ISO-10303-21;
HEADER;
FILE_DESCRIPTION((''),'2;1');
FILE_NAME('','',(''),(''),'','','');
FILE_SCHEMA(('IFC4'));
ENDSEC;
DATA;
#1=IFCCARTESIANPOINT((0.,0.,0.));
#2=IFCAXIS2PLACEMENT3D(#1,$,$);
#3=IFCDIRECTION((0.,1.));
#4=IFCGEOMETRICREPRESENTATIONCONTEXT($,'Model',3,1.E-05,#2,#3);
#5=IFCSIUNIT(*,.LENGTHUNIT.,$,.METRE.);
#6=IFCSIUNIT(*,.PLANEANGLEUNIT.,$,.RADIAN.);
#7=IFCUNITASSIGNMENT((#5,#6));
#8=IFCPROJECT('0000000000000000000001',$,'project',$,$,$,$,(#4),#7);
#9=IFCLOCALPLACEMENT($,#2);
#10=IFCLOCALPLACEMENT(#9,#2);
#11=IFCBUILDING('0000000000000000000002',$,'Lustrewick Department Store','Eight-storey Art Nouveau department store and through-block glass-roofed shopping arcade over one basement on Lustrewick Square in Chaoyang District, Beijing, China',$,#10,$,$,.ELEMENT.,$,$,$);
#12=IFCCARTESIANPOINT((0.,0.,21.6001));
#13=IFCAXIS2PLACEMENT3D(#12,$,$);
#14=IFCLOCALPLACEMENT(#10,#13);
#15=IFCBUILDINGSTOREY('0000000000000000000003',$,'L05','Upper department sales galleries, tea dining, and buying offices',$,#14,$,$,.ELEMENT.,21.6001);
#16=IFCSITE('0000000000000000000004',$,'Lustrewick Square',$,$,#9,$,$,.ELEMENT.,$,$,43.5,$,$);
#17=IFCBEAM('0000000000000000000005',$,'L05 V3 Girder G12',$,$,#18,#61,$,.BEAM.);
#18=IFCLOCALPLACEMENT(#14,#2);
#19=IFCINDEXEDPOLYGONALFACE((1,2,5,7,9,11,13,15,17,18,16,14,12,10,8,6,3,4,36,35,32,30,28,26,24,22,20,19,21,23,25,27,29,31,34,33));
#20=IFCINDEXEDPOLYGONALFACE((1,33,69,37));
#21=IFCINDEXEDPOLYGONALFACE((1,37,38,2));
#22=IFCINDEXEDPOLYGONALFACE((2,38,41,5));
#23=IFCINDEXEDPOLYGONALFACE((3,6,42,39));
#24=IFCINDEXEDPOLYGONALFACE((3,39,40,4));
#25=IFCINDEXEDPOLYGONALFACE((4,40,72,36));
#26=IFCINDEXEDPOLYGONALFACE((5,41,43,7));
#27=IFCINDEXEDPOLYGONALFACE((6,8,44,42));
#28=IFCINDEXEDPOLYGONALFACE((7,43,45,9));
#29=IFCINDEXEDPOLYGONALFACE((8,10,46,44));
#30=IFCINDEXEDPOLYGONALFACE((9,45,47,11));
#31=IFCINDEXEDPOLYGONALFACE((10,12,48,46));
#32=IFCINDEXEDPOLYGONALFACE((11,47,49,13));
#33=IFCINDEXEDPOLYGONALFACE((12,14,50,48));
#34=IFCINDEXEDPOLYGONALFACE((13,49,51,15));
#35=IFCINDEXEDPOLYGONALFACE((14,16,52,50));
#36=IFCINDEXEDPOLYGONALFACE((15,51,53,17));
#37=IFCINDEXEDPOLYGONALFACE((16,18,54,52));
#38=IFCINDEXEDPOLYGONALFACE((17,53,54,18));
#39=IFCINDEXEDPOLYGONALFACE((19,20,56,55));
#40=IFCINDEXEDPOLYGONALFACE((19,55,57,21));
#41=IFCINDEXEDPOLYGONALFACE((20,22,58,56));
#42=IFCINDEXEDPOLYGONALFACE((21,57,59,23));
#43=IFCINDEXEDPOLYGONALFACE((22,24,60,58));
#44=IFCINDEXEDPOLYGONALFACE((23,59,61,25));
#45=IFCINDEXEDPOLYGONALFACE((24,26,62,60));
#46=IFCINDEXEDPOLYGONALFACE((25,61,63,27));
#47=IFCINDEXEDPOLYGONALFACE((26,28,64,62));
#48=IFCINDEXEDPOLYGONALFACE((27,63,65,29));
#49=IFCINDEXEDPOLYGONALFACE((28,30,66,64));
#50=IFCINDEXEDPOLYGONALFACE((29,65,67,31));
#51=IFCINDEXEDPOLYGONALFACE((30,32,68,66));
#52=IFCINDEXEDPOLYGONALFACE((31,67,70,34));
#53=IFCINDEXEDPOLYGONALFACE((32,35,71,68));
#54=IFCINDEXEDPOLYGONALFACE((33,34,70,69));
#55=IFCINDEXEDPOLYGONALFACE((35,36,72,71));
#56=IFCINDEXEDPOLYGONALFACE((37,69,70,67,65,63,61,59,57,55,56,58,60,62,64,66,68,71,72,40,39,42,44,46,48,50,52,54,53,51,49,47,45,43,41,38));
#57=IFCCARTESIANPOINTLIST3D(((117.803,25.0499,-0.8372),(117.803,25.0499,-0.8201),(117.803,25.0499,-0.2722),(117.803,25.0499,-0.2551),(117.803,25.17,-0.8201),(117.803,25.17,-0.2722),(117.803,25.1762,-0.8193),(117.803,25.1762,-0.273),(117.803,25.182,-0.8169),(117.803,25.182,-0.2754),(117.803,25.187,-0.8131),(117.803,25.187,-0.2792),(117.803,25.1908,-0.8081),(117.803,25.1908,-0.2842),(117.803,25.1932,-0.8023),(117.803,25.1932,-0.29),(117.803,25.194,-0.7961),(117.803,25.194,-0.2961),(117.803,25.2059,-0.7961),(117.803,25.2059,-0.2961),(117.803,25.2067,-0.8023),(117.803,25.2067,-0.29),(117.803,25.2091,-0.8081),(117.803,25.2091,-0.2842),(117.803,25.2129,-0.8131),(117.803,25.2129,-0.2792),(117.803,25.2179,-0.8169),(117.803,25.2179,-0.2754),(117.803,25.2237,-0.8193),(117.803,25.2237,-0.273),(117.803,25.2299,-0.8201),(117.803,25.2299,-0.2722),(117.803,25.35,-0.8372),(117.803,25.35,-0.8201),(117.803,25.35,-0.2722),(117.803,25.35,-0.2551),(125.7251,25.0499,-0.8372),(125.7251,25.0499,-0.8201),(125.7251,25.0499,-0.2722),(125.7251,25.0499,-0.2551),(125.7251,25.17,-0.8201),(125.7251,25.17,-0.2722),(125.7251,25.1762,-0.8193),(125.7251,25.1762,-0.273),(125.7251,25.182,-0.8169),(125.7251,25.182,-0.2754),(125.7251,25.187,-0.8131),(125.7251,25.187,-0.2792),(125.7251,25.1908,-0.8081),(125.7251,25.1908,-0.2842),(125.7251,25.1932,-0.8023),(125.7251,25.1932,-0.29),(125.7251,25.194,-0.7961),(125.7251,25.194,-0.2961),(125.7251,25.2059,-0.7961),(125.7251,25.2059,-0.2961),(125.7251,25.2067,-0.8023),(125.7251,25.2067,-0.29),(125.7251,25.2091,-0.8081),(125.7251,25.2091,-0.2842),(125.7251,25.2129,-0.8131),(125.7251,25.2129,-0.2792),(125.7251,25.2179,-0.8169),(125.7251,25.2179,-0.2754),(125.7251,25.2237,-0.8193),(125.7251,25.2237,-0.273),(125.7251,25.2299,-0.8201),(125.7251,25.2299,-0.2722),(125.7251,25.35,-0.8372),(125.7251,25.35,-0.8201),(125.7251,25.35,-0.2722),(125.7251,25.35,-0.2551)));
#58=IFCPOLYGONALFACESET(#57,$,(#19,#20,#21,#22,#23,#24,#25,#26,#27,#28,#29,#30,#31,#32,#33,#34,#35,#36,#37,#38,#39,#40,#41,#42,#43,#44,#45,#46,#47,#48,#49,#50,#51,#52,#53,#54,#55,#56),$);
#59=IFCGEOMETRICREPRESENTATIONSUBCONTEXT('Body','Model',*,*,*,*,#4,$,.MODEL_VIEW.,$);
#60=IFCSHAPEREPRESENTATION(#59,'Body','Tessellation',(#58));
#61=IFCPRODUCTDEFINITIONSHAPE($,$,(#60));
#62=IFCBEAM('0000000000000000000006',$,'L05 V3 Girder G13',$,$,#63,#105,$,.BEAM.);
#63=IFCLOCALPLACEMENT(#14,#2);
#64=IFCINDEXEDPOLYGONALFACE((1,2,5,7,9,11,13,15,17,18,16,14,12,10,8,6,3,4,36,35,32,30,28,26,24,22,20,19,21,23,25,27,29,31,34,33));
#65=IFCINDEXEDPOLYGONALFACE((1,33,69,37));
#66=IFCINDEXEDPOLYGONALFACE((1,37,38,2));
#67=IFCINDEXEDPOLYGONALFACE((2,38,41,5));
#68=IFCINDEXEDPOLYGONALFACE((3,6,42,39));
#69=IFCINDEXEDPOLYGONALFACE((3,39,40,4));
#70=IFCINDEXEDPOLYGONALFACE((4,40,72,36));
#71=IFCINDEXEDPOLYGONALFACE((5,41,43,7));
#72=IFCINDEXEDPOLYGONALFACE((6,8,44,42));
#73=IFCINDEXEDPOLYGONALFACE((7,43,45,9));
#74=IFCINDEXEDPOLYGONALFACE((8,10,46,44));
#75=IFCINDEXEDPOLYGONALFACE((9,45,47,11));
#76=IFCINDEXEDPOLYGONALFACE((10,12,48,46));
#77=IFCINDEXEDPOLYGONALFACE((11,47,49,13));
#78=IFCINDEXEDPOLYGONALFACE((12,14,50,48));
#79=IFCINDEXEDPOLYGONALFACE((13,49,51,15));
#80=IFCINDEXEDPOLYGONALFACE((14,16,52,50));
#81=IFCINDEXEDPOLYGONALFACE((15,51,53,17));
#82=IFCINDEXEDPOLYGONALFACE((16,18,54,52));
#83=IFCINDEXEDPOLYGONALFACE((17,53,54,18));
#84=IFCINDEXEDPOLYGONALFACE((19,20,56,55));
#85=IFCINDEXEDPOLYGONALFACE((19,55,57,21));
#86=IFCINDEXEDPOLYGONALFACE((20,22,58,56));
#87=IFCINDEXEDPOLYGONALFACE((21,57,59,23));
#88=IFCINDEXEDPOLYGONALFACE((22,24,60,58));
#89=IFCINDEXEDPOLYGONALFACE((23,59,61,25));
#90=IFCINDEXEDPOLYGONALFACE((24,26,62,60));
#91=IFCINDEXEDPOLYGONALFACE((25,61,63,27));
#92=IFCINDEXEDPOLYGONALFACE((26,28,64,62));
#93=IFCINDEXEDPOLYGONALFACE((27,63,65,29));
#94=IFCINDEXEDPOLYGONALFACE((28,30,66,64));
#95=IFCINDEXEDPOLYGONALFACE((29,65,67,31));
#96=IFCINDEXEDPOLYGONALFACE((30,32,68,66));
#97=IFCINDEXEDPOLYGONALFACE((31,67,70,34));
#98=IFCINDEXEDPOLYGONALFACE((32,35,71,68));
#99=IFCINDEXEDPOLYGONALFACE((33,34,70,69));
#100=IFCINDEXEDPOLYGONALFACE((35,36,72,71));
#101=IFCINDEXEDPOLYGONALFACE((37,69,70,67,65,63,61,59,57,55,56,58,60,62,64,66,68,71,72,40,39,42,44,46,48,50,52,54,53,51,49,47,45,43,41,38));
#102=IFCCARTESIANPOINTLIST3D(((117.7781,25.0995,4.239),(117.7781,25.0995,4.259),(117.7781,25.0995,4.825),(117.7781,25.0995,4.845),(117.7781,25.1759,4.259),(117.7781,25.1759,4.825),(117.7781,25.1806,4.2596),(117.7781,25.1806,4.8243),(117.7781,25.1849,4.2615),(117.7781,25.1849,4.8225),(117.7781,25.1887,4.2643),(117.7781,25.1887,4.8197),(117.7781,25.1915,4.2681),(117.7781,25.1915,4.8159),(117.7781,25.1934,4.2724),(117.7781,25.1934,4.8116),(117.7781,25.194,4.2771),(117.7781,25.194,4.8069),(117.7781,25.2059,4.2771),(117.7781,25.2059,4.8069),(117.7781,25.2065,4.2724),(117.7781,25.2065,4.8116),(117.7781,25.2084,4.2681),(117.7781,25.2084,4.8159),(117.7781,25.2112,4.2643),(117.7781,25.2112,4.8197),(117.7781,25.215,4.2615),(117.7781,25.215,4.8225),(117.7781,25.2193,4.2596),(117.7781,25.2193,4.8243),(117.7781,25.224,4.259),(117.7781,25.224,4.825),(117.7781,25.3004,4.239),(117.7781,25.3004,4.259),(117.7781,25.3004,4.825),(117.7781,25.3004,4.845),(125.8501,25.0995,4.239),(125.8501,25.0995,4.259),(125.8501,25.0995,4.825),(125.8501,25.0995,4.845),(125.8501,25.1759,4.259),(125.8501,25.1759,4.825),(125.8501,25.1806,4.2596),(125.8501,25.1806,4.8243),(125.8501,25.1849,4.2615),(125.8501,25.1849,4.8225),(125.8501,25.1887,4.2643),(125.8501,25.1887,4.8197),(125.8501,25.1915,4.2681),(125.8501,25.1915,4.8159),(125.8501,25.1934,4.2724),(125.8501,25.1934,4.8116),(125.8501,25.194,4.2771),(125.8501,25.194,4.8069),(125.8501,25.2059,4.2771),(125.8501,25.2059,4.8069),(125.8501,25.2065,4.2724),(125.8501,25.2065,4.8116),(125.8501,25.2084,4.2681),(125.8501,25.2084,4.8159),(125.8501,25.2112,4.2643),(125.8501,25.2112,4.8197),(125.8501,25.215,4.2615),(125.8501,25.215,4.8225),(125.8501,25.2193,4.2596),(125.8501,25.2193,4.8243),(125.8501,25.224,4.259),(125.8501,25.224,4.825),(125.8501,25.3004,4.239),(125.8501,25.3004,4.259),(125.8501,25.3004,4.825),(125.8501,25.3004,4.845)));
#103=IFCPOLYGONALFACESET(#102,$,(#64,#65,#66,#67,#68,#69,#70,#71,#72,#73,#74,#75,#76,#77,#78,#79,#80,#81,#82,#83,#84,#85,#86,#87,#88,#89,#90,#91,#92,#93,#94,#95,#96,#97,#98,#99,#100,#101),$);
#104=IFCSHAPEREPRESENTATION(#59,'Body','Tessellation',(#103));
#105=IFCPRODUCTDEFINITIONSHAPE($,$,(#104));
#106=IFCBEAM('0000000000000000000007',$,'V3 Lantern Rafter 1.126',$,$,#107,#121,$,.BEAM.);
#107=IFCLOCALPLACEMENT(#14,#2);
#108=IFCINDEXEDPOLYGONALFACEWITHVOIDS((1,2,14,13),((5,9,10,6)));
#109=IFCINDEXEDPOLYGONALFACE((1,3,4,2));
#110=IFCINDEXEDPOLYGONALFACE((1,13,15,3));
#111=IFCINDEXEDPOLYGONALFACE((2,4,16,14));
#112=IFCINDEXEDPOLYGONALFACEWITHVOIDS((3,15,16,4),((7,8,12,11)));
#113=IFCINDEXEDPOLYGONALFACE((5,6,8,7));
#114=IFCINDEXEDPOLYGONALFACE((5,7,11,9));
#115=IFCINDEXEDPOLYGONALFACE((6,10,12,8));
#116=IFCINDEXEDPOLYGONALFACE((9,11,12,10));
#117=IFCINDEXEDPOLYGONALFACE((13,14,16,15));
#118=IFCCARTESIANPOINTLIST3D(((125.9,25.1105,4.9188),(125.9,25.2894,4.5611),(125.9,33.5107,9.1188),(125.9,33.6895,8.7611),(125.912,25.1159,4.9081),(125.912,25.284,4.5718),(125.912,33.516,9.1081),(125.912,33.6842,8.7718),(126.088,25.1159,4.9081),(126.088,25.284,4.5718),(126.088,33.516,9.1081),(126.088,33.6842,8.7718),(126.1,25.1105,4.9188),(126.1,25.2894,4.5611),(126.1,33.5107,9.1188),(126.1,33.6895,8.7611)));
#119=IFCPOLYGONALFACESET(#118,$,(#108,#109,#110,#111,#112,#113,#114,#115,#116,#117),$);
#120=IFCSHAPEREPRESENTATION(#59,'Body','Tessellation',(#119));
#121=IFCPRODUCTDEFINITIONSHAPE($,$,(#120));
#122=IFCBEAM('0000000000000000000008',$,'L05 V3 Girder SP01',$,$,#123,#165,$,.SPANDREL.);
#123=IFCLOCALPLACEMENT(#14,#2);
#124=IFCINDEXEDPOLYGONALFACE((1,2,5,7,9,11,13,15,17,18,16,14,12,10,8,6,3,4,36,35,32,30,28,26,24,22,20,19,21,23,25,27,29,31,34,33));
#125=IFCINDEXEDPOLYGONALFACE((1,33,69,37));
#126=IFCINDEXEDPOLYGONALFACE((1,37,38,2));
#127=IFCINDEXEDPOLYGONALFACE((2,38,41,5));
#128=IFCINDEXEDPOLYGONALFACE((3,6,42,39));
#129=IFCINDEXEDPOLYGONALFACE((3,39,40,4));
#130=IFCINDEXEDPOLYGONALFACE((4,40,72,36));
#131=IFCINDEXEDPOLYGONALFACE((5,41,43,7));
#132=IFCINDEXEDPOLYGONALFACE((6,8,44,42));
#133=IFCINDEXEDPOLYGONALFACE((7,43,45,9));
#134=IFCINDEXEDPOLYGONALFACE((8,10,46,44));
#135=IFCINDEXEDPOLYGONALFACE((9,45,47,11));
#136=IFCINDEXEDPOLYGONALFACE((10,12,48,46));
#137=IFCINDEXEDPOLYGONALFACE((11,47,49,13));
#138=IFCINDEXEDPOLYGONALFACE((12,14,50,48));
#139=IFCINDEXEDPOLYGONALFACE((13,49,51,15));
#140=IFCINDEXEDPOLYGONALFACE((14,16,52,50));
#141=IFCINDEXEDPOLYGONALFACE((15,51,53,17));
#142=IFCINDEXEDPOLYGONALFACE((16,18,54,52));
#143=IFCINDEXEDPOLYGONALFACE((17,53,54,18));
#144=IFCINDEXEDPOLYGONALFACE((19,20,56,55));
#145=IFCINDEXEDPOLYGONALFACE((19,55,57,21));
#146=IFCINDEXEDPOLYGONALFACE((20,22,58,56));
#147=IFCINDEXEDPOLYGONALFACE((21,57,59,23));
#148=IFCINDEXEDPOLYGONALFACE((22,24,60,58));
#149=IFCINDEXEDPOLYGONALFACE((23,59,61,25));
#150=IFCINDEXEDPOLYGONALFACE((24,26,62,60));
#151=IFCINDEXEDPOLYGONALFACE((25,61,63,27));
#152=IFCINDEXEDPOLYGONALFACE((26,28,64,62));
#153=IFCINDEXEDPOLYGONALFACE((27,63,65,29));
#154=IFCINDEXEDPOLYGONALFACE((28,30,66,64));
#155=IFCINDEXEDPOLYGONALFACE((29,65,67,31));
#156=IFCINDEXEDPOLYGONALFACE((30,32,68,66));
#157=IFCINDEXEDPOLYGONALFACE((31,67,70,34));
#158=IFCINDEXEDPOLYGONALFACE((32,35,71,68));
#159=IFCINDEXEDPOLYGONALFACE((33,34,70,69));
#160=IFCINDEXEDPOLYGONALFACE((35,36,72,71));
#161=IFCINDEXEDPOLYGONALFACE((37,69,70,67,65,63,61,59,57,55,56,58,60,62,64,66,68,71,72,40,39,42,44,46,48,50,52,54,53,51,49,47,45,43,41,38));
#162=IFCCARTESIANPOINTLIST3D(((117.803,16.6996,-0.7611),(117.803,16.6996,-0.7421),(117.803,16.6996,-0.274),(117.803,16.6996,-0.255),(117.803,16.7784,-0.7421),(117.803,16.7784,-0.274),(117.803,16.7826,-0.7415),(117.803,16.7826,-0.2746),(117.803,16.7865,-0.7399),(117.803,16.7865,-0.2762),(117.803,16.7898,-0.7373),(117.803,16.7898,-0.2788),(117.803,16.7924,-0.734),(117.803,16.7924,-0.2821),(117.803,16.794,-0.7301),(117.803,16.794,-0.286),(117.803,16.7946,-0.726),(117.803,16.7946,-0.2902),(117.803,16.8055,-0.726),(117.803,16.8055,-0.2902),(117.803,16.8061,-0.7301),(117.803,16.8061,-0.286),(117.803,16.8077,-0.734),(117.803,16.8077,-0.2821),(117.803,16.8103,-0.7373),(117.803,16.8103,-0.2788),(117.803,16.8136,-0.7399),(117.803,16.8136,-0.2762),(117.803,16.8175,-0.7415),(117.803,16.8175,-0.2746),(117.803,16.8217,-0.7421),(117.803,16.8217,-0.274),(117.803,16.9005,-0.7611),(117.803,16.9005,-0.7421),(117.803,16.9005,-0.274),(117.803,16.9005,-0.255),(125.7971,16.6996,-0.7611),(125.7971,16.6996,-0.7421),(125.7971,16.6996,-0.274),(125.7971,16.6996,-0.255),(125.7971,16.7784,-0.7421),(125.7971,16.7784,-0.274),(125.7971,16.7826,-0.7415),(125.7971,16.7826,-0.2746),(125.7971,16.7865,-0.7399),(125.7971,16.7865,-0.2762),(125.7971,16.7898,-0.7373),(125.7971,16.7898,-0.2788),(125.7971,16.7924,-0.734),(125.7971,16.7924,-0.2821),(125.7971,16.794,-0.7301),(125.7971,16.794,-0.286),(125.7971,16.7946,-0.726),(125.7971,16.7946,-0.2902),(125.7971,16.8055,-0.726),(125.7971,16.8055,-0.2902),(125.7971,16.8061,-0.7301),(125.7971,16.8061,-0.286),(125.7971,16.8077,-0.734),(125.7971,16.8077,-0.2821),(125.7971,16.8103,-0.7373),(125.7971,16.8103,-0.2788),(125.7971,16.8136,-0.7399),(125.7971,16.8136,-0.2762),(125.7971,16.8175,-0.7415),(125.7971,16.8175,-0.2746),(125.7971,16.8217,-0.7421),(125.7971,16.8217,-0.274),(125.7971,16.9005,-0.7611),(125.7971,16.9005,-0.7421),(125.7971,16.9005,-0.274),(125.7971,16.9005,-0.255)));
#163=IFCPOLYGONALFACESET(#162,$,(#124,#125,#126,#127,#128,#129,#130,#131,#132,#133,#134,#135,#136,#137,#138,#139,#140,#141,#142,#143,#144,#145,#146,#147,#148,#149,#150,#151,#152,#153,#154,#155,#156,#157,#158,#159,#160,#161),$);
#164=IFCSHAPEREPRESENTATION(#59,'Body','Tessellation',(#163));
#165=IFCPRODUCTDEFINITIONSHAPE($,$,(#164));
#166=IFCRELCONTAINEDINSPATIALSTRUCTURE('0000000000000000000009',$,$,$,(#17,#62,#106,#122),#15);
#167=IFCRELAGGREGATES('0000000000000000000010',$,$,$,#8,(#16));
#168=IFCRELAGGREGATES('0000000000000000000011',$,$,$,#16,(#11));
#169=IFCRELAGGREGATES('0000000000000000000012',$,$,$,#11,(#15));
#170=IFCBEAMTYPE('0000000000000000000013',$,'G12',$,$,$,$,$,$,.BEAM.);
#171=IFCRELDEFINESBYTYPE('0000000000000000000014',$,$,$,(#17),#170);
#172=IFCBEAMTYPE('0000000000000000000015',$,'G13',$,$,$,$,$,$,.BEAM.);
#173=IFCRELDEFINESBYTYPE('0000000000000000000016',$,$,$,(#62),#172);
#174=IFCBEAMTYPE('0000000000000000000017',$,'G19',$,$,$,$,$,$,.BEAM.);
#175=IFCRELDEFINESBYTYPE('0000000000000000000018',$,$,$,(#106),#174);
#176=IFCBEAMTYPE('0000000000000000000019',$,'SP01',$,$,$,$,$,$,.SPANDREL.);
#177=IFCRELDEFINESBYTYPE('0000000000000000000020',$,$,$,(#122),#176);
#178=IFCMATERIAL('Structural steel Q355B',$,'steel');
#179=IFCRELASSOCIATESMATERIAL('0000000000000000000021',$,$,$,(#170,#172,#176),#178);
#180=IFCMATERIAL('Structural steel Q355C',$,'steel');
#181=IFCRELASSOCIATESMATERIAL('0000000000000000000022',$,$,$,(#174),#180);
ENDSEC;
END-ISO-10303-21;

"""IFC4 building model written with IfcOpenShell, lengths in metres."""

from ifc_helpers import new_model, si_unit, direction, frame, origin, origin_2d, place, context, subcontext, project, spatial, hollow_rectangle, i_section, extrude, material, material_profile, profile_set, type_object, element, save


model = new_model("IFC4")

# Units and contexts
model_context = context("Model", 3, precision=1e-05, world=origin(), true_north=direction((0.0, 1.0)))
body_context = subcontext(model_context, "Body", "Model", "MODEL_VIEW")
ifc_project = project(units=[si_unit("LENGTHUNIT", "METRE"), si_unit("PLANEANGLEUNIT", "RADIAN")], contexts=[model_context])

# Site, building, storey
site_placement = place(None, origin())
site = spatial("IfcSite", under=ifc_project, at=site_placement, Name="Lustrewick Square", CompositionType="ELEMENT", RefElevation=43.5)
building_placement = place(site_placement, origin())
building = spatial("IfcBuilding", under=site, at=building_placement, Name="Lustrewick Department Store", Description="Eight-storey Art Nouveau department store and through-block glass-roofed shopping arcade over one basement on Lustrewick Square in Chaoyang District, Beijing, China", CompositionType="ELEMENT")
storey_placement = place(building_placement, frame((0.0, 0.0, 21.6001)))
storey = spatial("IfcBuildingStorey", under=building, at=storey_placement, Name="L05", Description="Upper department sales galleries, tea dining, and buying offices", CompositionType="ELEMENT", Elevation=21.6001)

# Shared definitions
ifc_material_1 = material(Name="Structural steel Q355B", Category="steel")

# Beams
ifc_material_2 = material(Name="Structural steel Q355C", Category="steel")
ifc_material_profile_1 = material_profile(ifc_material_1, i_section(OverallWidth=0.3, OverallDepth=0.582, WebThickness=0.012, FlangeThickness=0.0171, FilletRadius=0.0239, at=origin_2d()), Name="HM 582x300x12x17")
ifc_profile_set_1 = profile_set([ifc_material_profile_1], Name="Structural steel Q355B")
beam_type_1 = type_object("IfcBeamType", Name="G12", PredefinedType="BEAM", material=ifc_profile_set_1)
beam_1_placement = place(storey_placement, frame((117.803, 25.2, -0.5461), z_axis=(1.0, 0.0, 0.0), x_axis=(0.0, 1.0, 0.0)))
element("IfcBeam", 1, at=beam_1_placement, inside=storey, type_object=beam_type_1, Name="L05 V3 Girder G12", PredefinedType="BEAM", context=body_context, shape_type="SweptSolid", body=[
    extrude(i_section(OverallWidth=0.3, OverallDepth=0.582, WebThickness=0.012, FlangeThickness=0.0171, FilletRadius=0.0239, at=origin_2d()), origin(), (0.0, 0.0, 1.0), 7.9221),
])
ifc_material_profile_2 = material_profile(ifc_material_1, i_section(OverallWidth=0.2009, OverallDepth=0.606, WebThickness=0.012, FlangeThickness=0.02, FilletRadius=0.0181, at=origin_2d()), Name="HN 606x201x12x20")
ifc_profile_set_2 = profile_set([ifc_material_profile_2], Name="Structural steel Q355B")
beam_type_2 = type_object("IfcBeamType", Name="G13", PredefinedType="BEAM", material=ifc_profile_set_2)
beam_2_placement = place(storey_placement, frame((117.7781, 25.2, 4.542), z_axis=(1.0, 0.0, 0.0), x_axis=(0.0, 1.0, 0.0)))
element("IfcBeam", 2, at=beam_2_placement, inside=storey, type_object=beam_type_2, Name="L05 V3 Girder G13", PredefinedType="BEAM", context=body_context, shape_type="SweptSolid", body=[
    extrude(i_section(OverallWidth=0.2009, OverallDepth=0.606, WebThickness=0.012, FlangeThickness=0.02, FilletRadius=0.0181, at=origin_2d()), origin(), (0.0, 0.0, 1.0), 8.072),
])
ifc_material_profile_3 = material_profile(ifc_material_2, hollow_rectangle(XDim=0.2, YDim=0.3999, WallThickness=0.012, at=origin_2d()), Name="RHS 400x200x12")
ifc_profile_set_3 = profile_set([ifc_material_profile_3], Name="Structural steel Q355C")
beam_type_3 = type_object("IfcBeamType", Name="G19", PredefinedType="BEAM", material=ifc_profile_set_3)
beam_3_placement = place(storey_placement, frame((126.0, 25.2, 4.74), z_axis=(0.0, 0.894432, 0.447203), x_axis=(-1.0, 0.0, 0.0)))
element("IfcBeam", 3, at=beam_3_placement, inside=storey, type_object=beam_type_3, Name="V3 Lantern Rafter 1.126", PredefinedType="BEAM", context=body_context, shape_type="SweptSolid", body=[
    extrude(hollow_rectangle(XDim=0.2, YDim=0.3999, WallThickness=0.012, at=origin_2d()), origin(), (0.0, 0.0, 1.0), 9.3916),
])
ifc_material_profile_4 = material_profile(ifc_material_1, i_section(OverallWidth=0.2009, OverallDepth=0.5061, WebThickness=0.011, FlangeThickness=0.019, FilletRadius=0.0161, at=origin_2d()), Name="HN 506x201x11x19")
ifc_profile_set_4 = profile_set([ifc_material_profile_4], Name="Structural steel Q355B")
beam_type_4 = type_object("IfcBeamType", Name="SP01", PredefinedType="SPANDREL", material=ifc_profile_set_4)
for number, where, z_axis, x_axis, name in (
    (4, (117.803, 16.8, -0.5081), (1.0, 0.0, 0.0), (0.0, 1.0, 0.0), "L05 V3 Girder SP01"),
):
    element("IfcBeam", number, at=place(storey_placement, frame(where, z_axis=z_axis, x_axis=x_axis)), inside=storey, type_object=beam_type_4, Name=name, PredefinedType="SPANDREL", context=body_context, shape_type="SweptSolid", body=[
        extrude(i_section(OverallWidth=0.2009, OverallDepth=0.5061, WebThickness=0.011, FlangeThickness=0.019, FilletRadius=0.0161, at=origin_2d()), origin(), (0.0, 0.0, 1.0), 7.9941),
    ])

save(model, "model.ifc")
